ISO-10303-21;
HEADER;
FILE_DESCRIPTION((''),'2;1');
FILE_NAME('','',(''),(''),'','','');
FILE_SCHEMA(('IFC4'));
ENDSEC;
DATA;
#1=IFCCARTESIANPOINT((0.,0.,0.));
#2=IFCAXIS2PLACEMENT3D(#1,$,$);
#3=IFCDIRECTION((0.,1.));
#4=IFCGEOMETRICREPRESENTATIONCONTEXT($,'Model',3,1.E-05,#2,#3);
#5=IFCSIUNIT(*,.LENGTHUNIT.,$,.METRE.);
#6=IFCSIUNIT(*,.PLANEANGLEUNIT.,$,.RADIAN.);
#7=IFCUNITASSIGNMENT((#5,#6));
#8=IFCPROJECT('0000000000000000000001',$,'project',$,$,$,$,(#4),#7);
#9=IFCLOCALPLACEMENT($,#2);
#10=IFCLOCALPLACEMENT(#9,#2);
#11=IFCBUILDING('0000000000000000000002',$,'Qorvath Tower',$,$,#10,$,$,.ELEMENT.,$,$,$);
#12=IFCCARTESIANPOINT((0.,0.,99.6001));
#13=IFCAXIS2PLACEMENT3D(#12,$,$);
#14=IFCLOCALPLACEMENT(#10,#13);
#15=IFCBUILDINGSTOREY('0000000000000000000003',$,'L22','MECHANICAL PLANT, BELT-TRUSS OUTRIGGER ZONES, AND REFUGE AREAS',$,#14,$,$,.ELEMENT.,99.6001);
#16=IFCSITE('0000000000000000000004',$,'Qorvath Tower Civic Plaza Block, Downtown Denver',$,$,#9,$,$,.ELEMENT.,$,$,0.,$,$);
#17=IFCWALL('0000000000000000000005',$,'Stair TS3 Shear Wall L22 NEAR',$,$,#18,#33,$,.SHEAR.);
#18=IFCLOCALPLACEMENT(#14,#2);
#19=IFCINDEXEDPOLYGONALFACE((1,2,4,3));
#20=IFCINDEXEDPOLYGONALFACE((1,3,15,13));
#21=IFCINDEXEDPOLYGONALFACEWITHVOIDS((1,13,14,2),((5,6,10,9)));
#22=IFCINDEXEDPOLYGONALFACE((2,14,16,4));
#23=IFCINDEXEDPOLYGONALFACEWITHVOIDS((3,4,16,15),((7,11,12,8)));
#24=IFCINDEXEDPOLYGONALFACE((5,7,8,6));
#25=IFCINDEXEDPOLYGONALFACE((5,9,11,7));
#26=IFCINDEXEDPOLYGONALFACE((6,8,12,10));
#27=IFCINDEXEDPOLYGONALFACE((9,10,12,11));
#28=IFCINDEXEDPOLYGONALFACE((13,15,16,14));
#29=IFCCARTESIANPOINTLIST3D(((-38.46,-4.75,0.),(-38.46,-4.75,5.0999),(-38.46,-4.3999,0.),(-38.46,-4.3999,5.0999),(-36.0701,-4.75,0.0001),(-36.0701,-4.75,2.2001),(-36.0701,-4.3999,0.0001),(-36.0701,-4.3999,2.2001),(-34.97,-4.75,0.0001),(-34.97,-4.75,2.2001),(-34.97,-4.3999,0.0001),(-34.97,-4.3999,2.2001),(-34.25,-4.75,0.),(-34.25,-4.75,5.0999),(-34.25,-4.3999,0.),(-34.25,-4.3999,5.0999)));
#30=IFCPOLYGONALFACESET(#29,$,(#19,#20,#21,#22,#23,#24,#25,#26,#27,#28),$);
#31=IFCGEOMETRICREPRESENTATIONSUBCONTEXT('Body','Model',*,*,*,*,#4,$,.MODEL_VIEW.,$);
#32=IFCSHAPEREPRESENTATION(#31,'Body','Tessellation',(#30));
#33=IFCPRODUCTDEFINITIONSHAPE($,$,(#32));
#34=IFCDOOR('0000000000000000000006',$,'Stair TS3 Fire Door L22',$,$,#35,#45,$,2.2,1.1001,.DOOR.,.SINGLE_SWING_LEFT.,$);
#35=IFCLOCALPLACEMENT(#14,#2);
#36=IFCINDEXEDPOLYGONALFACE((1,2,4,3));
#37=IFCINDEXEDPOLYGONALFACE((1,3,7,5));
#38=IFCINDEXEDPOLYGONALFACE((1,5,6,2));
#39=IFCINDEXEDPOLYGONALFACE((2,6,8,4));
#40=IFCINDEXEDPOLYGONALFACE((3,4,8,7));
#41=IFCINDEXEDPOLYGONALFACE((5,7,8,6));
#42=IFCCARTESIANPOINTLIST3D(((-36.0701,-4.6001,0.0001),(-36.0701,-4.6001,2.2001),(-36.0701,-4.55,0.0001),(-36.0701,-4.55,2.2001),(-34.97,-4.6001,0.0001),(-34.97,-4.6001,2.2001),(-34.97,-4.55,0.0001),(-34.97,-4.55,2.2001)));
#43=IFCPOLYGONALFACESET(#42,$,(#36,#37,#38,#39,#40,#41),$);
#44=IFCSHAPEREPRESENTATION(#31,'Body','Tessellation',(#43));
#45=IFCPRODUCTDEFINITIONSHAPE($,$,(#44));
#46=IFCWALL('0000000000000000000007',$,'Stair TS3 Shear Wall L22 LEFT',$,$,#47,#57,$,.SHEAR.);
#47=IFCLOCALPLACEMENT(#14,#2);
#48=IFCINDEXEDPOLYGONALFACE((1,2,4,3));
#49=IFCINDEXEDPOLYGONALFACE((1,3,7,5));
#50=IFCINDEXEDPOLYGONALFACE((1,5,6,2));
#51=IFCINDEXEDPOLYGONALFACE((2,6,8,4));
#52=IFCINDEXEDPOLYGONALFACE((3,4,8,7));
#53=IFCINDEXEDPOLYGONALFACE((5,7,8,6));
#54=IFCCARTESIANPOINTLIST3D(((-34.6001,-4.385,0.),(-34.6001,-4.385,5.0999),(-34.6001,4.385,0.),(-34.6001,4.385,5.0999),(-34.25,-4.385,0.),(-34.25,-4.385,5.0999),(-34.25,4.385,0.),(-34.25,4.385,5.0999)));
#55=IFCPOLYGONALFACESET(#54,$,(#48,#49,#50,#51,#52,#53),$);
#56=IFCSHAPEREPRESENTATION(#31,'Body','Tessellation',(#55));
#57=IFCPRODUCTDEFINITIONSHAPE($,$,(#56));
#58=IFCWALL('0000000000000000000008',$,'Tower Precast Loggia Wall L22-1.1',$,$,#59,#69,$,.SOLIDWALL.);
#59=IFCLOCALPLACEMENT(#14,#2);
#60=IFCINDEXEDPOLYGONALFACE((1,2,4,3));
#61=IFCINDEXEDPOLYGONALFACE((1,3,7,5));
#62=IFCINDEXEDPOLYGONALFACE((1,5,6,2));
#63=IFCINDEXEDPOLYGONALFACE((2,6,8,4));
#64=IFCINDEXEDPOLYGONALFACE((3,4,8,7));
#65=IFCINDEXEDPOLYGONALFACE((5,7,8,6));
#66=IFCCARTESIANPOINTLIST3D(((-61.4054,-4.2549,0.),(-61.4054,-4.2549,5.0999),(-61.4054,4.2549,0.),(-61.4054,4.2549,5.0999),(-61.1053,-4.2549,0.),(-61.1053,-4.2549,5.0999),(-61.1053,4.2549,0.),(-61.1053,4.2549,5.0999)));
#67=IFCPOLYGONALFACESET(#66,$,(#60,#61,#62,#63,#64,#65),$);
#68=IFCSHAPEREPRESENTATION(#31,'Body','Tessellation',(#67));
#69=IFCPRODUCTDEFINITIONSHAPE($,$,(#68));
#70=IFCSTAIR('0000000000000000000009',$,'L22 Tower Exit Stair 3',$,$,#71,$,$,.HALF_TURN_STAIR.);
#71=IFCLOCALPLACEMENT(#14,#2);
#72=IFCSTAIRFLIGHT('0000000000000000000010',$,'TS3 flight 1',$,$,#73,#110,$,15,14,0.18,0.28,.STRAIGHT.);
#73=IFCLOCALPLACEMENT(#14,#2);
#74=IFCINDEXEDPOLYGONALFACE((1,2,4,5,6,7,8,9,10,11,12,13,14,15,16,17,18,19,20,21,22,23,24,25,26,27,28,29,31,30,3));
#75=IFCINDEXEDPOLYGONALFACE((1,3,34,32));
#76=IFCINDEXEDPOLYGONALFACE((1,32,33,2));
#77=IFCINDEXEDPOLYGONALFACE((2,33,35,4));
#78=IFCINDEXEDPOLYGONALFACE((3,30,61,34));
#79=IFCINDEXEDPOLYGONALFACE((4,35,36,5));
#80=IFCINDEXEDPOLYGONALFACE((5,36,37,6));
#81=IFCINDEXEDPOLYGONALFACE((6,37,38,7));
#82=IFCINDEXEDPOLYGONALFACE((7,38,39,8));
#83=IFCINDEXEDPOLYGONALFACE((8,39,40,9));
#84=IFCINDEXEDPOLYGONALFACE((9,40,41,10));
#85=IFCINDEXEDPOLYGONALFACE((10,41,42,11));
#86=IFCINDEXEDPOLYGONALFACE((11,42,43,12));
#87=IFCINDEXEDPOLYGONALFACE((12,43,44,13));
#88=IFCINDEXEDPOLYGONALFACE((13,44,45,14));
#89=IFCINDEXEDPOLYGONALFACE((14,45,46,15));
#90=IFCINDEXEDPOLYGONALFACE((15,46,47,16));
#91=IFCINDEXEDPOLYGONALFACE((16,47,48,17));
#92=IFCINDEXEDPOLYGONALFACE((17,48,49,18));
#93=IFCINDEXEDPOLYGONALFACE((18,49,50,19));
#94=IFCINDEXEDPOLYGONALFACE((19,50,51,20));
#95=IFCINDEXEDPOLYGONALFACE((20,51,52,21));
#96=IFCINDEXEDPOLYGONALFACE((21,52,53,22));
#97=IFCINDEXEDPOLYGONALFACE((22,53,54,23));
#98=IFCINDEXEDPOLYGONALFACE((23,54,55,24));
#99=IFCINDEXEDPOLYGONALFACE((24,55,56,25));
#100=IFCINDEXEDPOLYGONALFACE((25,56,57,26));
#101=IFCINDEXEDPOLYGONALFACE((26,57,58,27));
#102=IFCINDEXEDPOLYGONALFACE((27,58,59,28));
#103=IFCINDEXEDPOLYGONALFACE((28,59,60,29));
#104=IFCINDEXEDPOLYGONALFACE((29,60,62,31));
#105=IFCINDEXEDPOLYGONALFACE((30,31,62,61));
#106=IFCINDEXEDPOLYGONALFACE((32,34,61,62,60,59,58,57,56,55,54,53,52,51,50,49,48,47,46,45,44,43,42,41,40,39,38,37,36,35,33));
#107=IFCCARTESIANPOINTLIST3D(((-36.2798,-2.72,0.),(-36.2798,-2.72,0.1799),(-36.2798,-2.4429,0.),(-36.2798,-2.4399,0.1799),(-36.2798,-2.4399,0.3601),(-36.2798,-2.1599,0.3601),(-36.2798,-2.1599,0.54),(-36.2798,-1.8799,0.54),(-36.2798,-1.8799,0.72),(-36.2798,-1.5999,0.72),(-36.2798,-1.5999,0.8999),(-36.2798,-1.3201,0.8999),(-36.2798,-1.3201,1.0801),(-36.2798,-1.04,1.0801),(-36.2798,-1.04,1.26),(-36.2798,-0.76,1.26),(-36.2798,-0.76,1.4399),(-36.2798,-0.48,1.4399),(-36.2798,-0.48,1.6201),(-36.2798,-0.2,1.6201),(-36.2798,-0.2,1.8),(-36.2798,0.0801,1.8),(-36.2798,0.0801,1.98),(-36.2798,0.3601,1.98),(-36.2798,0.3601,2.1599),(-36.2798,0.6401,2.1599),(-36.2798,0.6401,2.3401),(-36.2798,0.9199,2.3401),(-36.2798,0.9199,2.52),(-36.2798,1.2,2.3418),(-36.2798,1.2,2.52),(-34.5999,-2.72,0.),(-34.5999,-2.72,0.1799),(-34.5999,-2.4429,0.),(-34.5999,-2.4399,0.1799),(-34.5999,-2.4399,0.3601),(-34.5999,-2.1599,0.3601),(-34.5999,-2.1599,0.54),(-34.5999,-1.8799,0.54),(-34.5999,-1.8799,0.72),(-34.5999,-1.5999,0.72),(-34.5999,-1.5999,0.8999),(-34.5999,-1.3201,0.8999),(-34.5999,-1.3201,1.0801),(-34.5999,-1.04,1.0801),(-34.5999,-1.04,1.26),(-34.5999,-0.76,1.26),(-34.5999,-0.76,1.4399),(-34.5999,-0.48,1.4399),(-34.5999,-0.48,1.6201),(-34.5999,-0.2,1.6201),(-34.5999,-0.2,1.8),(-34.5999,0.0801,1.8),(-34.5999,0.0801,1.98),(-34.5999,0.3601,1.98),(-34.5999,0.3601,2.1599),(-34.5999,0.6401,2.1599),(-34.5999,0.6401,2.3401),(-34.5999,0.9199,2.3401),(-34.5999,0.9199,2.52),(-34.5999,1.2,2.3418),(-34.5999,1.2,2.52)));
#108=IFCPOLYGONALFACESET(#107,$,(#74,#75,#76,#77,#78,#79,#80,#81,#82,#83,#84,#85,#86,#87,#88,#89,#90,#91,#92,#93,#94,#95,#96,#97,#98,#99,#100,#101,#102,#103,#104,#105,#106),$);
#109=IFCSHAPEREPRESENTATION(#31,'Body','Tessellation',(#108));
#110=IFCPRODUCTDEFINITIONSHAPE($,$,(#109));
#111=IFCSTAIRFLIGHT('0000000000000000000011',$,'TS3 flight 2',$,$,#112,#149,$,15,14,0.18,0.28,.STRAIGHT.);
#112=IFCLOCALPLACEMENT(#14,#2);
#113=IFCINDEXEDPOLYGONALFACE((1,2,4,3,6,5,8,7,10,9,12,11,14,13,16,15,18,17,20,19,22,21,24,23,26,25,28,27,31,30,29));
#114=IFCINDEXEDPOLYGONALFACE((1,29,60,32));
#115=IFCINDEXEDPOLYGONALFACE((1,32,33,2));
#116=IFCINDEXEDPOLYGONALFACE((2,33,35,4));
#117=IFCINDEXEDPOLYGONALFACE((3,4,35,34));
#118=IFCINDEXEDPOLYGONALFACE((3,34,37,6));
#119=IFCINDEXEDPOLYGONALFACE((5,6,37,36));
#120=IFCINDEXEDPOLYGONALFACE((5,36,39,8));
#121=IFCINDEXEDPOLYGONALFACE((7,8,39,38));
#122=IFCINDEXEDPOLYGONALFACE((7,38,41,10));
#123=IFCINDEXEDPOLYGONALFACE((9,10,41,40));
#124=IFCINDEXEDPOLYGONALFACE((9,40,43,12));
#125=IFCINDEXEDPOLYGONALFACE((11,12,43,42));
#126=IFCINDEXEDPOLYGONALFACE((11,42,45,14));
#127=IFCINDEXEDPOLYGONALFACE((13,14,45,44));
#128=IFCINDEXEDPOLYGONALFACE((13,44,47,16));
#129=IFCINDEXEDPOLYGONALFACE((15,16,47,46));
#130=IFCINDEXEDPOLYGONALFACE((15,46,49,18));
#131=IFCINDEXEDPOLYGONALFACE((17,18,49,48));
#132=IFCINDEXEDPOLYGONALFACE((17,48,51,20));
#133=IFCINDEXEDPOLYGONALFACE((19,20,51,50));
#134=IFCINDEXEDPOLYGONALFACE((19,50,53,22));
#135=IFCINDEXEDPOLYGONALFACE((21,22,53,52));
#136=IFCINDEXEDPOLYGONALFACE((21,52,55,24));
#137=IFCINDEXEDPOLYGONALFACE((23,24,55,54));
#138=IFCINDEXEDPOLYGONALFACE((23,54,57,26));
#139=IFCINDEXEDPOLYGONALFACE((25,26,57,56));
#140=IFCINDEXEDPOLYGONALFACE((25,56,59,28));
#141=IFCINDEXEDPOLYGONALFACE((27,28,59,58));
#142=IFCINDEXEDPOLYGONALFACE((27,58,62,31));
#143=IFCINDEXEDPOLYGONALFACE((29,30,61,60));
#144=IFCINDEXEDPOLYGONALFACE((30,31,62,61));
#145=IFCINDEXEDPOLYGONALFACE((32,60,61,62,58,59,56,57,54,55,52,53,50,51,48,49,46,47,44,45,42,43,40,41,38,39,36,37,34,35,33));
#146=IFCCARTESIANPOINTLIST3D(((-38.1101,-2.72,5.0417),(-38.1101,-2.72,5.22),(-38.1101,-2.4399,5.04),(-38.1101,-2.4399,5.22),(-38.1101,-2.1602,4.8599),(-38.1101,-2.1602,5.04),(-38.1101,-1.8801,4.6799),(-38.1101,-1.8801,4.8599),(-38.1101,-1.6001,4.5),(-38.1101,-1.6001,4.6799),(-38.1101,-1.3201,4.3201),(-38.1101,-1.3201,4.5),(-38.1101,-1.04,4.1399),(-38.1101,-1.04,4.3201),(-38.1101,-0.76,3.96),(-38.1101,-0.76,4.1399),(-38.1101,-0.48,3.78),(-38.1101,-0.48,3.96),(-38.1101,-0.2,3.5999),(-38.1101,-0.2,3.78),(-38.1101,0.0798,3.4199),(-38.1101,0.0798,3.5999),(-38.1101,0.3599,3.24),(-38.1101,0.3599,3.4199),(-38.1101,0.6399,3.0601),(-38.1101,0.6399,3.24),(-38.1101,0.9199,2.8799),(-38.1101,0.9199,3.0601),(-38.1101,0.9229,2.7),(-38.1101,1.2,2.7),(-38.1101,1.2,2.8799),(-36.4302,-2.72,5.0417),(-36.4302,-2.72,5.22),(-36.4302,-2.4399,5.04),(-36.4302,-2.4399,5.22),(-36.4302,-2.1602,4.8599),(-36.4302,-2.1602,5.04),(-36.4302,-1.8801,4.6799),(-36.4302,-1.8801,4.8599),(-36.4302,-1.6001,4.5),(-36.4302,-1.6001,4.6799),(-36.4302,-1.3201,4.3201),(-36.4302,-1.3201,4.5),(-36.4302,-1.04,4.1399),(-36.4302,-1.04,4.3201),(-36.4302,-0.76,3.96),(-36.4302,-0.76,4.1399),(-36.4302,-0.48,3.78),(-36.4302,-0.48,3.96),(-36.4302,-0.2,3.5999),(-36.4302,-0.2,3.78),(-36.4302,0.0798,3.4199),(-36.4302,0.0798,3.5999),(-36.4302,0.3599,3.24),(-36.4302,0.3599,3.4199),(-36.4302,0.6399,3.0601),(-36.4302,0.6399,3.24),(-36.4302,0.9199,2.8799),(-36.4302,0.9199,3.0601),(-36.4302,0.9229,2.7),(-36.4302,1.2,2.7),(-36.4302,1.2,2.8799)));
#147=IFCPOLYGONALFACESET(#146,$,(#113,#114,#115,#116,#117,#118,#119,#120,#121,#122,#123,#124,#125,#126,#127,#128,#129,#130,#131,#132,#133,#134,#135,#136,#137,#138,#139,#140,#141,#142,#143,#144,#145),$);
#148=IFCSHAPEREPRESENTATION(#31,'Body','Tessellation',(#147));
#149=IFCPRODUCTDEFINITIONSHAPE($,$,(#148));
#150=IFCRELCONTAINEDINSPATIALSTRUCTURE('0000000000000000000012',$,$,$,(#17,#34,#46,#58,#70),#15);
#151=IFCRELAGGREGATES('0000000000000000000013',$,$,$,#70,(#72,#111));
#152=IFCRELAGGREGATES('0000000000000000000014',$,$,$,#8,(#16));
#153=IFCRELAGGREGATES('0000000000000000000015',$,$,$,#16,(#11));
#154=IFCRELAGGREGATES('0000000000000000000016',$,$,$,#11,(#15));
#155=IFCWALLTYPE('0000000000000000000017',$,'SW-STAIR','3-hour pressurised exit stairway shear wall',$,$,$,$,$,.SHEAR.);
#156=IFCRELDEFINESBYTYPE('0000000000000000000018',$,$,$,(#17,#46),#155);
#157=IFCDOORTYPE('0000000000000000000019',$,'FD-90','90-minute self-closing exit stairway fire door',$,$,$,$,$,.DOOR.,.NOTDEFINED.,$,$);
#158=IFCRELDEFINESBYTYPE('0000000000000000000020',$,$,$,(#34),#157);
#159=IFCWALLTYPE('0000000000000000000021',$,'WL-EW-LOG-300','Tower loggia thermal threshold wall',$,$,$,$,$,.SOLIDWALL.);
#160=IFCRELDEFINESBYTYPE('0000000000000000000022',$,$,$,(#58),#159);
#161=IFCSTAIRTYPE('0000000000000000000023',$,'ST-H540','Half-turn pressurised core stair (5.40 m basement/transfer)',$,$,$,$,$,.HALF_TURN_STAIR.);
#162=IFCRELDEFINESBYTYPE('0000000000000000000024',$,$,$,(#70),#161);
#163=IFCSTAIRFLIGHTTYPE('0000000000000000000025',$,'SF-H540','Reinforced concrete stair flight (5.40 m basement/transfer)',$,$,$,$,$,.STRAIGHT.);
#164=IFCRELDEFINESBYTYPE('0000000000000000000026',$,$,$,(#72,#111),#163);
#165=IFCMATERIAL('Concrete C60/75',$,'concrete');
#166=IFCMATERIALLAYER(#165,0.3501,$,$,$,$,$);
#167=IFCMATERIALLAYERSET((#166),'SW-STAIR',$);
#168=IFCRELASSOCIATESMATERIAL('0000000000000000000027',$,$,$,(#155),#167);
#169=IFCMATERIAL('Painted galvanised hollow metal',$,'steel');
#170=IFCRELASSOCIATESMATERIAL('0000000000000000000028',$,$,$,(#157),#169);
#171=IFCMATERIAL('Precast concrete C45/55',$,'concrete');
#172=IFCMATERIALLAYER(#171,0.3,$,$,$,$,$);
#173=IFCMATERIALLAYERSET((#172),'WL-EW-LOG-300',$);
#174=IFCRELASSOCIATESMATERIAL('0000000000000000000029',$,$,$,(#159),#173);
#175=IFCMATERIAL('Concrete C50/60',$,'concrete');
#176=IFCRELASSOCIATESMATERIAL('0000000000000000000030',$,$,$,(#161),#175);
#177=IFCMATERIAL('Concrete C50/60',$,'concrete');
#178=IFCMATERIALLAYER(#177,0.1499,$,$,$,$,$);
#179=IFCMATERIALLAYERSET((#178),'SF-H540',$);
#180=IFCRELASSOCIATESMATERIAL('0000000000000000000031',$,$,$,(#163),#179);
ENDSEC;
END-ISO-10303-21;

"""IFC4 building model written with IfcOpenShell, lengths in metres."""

from ifc_helpers import new_model, si_unit, direction, frame, frame_2d, origin, place, context, subcontext, project, spatial, polyline, rectangle, outline, extrude, material, layer, layer_set, type_object, element, fill, aggregate, save


model = new_model("IFC4")

# Units and contexts
model_context = context("Model", 3, precision=1e-05, world=origin(), true_north=direction((0.0, 1.0)))
body_context = subcontext(model_context, "Body", "Model", "MODEL_VIEW")
ifc_project = project(units=[si_unit("LENGTHUNIT", "METRE"), si_unit("PLANEANGLEUNIT", "RADIAN")], contexts=[model_context])

# Site, building, storey
site_placement = place(None, origin())
site = spatial("IfcSite", under=ifc_project, at=site_placement, Name="Qorvath Tower Civic Plaza Block, Downtown Denver", CompositionType="ELEMENT", RefElevation=0.0)
building_placement = place(site_placement, origin())
building = spatial("IfcBuilding", under=site, at=building_placement, Name="Qorvath Tower", CompositionType="ELEMENT")
storey_placement = place(building_placement, frame((0.0, 0.0, 99.6001)))
storey = spatial("IfcBuildingStorey", under=building, at=storey_placement, Name="L22", Description="MECHANICAL PLANT, BELT-TRUSS OUTRIGGER ZONES, AND REFUGE AREAS", CompositionType="ELEMENT", Elevation=99.6001)

# Wall, opening, door
ifc_material_1 = material(Name="Concrete C60/75", Category="concrete")
ifc_layer_1 = layer(ifc_material_1, 0.3501)
ifc_layer_set_1 = layer_set([ifc_layer_1], Name="SW-STAIR")
wall_type_1 = type_object("IfcWallType", Name="SW-STAIR", Description="3-hour pressurised exit stairway shear wall", PredefinedType="SHEAR", material=ifc_layer_set_1)
wall_1_placement = place(storey_placement, frame((-38.46, -4.575, 0.0), z_axis=(0.0, 0.0, 1.0), x_axis=(1.0, 0.0, 0.0)))
wall_1 = element("IfcWall", 1, at=wall_1_placement, inside=storey, type_object=wall_type_1, Name="Stair TS3 Shear Wall L22 NEAR", PredefinedType="SHEAR", context=body_context, shape_type="SweptSolid", body=[
    extrude(rectangle(XDim=4.21, YDim=0.3501, at=frame_2d((2.105, 0.0))), origin(), (0.0, 0.0, 1.0), 5.0999),
])
opening_1_placement = place(wall_1_placement, frame((2.3899, 0.0, 0.0)))
opening_1 = element("IfcOpeningElement", 2, at=opening_1_placement, cuts=wall_1, PredefinedType="OPENING", context=body_context, shape_type="SweptSolid", body=[
    extrude(rectangle(XDim=1.1001, YDim=2.2, at=frame_2d((0.55, 1.1001))), frame((0.0, 0.1851, 0.0), z_axis=(0.0, -1.0, 0.0), x_axis=(1.0, 0.0, 0.0)), (0.0, 0.0, 1.0), 0.3701),
])
ifc_material_2 = material(Name="Painted galvanised hollow metal", Category="steel")
door_type_1 = type_object("IfcDoorType", Name="FD-90", Description="90-minute self-closing exit stairway fire door", OperationType="NOTDEFINED", PredefinedType="DOOR", material=ifc_material_2)
door_1_placement = place(opening_1_placement, origin())
door_1 = element("IfcDoor", 3, at=door_1_placement, inside=storey, type_object=door_type_1, Name="Stair TS3 Fire Door L22", OperationType="SINGLE_SWING_LEFT", OverallHeight=2.2, OverallWidth=1.1001, PredefinedType="DOOR", context=body_context, shape_type="SweptSolid", body=[
    extrude(rectangle(XDim=1.1001, YDim=2.2, at=frame_2d((0.55, 1.1001))), frame((0.0, 0.0249, 0.0), z_axis=(0.0, -1.0, 0.0), x_axis=(1.0, 0.0, 0.0)), (0.0, 0.0, 1.0), 0.05),
])
fill(opening_1, door_1)

# Walls
wall_2_placement = place(storey_placement, frame((-34.425, -4.385, 0.0), z_axis=(0.0, 0.0, 1.0), x_axis=(0.0, 1.0, 0.0)))
element("IfcWall", 4, at=wall_2_placement, inside=storey, type_object=wall_type_1, Name="Stair TS3 Shear Wall L22 LEFT", PredefinedType="SHEAR", context=body_context, shape_type="SweptSolid", body=[
    extrude(rectangle(XDim=8.77, YDim=0.3501, at=frame_2d((4.385, 0.0))), origin(), (0.0, 0.0, 1.0), 5.0999),
])
ifc_material_3 = material(Name="Precast concrete C45/55", Category="concrete")
ifc_layer_2 = layer(ifc_material_3, 0.3)
ifc_layer_set_2 = layer_set([ifc_layer_2], Name="WL-EW-LOG-300")
wall_type_2 = type_object("IfcWallType", Name="WL-EW-LOG-300", Description="Tower loggia thermal threshold wall", PredefinedType="SOLIDWALL", material=ifc_layer_set_2)
wall_3_placement = place(storey_placement, frame((-61.2554, -4.2549, 0.0), z_axis=(0.0, 0.0, 1.0), x_axis=(0.0, 1.0, 0.0)))
element("IfcWall", 5, at=wall_3_placement, inside=storey, type_object=wall_type_2, Name="Tower Precast Loggia Wall L22-1.1", PredefinedType="SOLIDWALL", context=body_context, shape_type="SweptSolid", body=[
    extrude(rectangle(XDim=8.5098, YDim=0.3, at=frame_2d((4.2549, 0.0))), origin(), (0.0, 0.0, 1.0), 5.0999),
])

# Stair, stair flights
ifc_material_4 = material(Name="Concrete C50/60", Category="concrete")
stair_type = type_object("IfcStairType", Name="ST-H540", Description="Half-turn pressurised core stair (5.40 m basement/transfer)", PredefinedType="HALF_TURN_STAIR", material=ifc_material_4)
stair_placement = place(storey_placement, origin())
stair = element("IfcStair", 6, at=stair_placement, inside=storey, type_object=stair_type, Name="L22 Tower Exit Stair 3", PredefinedType="HALF_TURN_STAIR")
ifc_material_5 = material(Name="Concrete C50/60", Category="concrete")
ifc_layer_3 = layer(ifc_material_5, 0.1499)
ifc_layer_set_3 = layer_set([ifc_layer_3], Name="SF-H540")
stair_flight_type = type_object("IfcStairFlightType", Name="SF-H540", Description="Reinforced concrete stair flight (5.40 m basement/transfer)", PredefinedType="STRAIGHT", material=ifc_layer_set_3)
stair_flight_1_placement = place(storey_placement, frame((-35.4399, -2.72, 0.0), z_axis=(0.0, 0.0, 1.0), x_axis=(0.0, 1.0, 0.0)))
stair_flight_1 = element("IfcStairFlight", 7, at=stair_flight_1_placement, type_object=stair_flight_type, Name="TS3 flight 1", NumberOfRisers=15, NumberOfTreads=14, PredefinedType="STRAIGHT", RiserHeight=0.18, TreadLength=0.28, context=body_context, shape_type="SweptSolid", body=[
    extrude(outline(polyline([(0.0, 0.0), (0.0, 0.1799), (0.28, 0.1799), (0.28, 0.3601), (0.5601, 0.3601), (0.5601, 0.54), (0.8401, 0.54), (0.8401, 0.72), (1.1201, 0.72), (1.1201, 0.8999), (1.3999, 0.8999), (1.3999, 1.0801), (1.6799, 1.0801), (1.6799, 1.26), (1.96, 1.26), (1.96, 1.4399), (2.24, 1.4399), (2.24, 1.6201), (2.52, 1.6201), (2.52, 1.8), (2.8, 1.8), (2.8, 1.98), (3.0801, 1.98), (3.0801, 2.1599), (3.3601, 2.1599), (3.3601, 2.3401), (3.6399, 2.3401), (3.6399, 2.52), (3.9199, 2.52), (3.9199, 2.7), (3.9199, 2.3418), (0.2771, 0.0), (0.0, 0.0)])), frame((0.0, 0.8398, 0.0), z_axis=(0.0, -1.0, 0.0), x_axis=(1.0, 0.0, 0.0)), (0.0, 0.0, 1.0), 1.6799),
])
stair_flight_2_placement = place(storey_placement, frame((-37.27, 1.2, 2.7), z_axis=(0.0, 0.0, 1.0), x_axis=(0.0, -1.0, 0.0)))
stair_flight_2 = element("IfcStairFlight", 8, at=stair_flight_2_placement, type_object=stair_flight_type, Name="TS3 flight 2", NumberOfRisers=15, NumberOfTreads=14, PredefinedType="STRAIGHT", RiserHeight=0.18, TreadLength=0.28, context=body_context, shape_type="SweptSolid", body=[
    extrude(outline(polyline([(0.0, 0.0), (0.0, 0.1799), (0.28, 0.1799), (0.28, 0.3601), (0.5601, 0.3601), (0.5601, 0.54), (0.8401, 0.54), (0.8401, 0.72), (1.1201, 0.72), (1.1201, 0.8999), (1.3999, 0.8999), (1.3999, 1.0801), (1.6799, 1.0801), (1.6799, 1.26), (1.96, 1.26), (1.96, 1.4399), (2.24, 1.4399), (2.24, 1.6201), (2.52, 1.6201), (2.52, 1.8), (2.8, 1.8), (2.8, 1.98), (3.0801, 1.98), (3.0801, 2.1599), (3.3601, 2.1599), (3.3601, 2.3401), (3.6399, 2.3401), (3.6399, 2.52), (3.9199, 2.52), (3.9199, 2.7), (3.9199, 2.3418), (0.2771, 0.0), (0.0, 0.0)])), frame((0.0, 0.8398, 0.0), z_axis=(0.0, -1.0, 0.0), x_axis=(1.0, 0.0, 0.0)), (0.0, 0.0, 1.0), 1.6799),
])
aggregate(stair, [stair_flight_1, stair_flight_2])

save(model, "model.ifc")
